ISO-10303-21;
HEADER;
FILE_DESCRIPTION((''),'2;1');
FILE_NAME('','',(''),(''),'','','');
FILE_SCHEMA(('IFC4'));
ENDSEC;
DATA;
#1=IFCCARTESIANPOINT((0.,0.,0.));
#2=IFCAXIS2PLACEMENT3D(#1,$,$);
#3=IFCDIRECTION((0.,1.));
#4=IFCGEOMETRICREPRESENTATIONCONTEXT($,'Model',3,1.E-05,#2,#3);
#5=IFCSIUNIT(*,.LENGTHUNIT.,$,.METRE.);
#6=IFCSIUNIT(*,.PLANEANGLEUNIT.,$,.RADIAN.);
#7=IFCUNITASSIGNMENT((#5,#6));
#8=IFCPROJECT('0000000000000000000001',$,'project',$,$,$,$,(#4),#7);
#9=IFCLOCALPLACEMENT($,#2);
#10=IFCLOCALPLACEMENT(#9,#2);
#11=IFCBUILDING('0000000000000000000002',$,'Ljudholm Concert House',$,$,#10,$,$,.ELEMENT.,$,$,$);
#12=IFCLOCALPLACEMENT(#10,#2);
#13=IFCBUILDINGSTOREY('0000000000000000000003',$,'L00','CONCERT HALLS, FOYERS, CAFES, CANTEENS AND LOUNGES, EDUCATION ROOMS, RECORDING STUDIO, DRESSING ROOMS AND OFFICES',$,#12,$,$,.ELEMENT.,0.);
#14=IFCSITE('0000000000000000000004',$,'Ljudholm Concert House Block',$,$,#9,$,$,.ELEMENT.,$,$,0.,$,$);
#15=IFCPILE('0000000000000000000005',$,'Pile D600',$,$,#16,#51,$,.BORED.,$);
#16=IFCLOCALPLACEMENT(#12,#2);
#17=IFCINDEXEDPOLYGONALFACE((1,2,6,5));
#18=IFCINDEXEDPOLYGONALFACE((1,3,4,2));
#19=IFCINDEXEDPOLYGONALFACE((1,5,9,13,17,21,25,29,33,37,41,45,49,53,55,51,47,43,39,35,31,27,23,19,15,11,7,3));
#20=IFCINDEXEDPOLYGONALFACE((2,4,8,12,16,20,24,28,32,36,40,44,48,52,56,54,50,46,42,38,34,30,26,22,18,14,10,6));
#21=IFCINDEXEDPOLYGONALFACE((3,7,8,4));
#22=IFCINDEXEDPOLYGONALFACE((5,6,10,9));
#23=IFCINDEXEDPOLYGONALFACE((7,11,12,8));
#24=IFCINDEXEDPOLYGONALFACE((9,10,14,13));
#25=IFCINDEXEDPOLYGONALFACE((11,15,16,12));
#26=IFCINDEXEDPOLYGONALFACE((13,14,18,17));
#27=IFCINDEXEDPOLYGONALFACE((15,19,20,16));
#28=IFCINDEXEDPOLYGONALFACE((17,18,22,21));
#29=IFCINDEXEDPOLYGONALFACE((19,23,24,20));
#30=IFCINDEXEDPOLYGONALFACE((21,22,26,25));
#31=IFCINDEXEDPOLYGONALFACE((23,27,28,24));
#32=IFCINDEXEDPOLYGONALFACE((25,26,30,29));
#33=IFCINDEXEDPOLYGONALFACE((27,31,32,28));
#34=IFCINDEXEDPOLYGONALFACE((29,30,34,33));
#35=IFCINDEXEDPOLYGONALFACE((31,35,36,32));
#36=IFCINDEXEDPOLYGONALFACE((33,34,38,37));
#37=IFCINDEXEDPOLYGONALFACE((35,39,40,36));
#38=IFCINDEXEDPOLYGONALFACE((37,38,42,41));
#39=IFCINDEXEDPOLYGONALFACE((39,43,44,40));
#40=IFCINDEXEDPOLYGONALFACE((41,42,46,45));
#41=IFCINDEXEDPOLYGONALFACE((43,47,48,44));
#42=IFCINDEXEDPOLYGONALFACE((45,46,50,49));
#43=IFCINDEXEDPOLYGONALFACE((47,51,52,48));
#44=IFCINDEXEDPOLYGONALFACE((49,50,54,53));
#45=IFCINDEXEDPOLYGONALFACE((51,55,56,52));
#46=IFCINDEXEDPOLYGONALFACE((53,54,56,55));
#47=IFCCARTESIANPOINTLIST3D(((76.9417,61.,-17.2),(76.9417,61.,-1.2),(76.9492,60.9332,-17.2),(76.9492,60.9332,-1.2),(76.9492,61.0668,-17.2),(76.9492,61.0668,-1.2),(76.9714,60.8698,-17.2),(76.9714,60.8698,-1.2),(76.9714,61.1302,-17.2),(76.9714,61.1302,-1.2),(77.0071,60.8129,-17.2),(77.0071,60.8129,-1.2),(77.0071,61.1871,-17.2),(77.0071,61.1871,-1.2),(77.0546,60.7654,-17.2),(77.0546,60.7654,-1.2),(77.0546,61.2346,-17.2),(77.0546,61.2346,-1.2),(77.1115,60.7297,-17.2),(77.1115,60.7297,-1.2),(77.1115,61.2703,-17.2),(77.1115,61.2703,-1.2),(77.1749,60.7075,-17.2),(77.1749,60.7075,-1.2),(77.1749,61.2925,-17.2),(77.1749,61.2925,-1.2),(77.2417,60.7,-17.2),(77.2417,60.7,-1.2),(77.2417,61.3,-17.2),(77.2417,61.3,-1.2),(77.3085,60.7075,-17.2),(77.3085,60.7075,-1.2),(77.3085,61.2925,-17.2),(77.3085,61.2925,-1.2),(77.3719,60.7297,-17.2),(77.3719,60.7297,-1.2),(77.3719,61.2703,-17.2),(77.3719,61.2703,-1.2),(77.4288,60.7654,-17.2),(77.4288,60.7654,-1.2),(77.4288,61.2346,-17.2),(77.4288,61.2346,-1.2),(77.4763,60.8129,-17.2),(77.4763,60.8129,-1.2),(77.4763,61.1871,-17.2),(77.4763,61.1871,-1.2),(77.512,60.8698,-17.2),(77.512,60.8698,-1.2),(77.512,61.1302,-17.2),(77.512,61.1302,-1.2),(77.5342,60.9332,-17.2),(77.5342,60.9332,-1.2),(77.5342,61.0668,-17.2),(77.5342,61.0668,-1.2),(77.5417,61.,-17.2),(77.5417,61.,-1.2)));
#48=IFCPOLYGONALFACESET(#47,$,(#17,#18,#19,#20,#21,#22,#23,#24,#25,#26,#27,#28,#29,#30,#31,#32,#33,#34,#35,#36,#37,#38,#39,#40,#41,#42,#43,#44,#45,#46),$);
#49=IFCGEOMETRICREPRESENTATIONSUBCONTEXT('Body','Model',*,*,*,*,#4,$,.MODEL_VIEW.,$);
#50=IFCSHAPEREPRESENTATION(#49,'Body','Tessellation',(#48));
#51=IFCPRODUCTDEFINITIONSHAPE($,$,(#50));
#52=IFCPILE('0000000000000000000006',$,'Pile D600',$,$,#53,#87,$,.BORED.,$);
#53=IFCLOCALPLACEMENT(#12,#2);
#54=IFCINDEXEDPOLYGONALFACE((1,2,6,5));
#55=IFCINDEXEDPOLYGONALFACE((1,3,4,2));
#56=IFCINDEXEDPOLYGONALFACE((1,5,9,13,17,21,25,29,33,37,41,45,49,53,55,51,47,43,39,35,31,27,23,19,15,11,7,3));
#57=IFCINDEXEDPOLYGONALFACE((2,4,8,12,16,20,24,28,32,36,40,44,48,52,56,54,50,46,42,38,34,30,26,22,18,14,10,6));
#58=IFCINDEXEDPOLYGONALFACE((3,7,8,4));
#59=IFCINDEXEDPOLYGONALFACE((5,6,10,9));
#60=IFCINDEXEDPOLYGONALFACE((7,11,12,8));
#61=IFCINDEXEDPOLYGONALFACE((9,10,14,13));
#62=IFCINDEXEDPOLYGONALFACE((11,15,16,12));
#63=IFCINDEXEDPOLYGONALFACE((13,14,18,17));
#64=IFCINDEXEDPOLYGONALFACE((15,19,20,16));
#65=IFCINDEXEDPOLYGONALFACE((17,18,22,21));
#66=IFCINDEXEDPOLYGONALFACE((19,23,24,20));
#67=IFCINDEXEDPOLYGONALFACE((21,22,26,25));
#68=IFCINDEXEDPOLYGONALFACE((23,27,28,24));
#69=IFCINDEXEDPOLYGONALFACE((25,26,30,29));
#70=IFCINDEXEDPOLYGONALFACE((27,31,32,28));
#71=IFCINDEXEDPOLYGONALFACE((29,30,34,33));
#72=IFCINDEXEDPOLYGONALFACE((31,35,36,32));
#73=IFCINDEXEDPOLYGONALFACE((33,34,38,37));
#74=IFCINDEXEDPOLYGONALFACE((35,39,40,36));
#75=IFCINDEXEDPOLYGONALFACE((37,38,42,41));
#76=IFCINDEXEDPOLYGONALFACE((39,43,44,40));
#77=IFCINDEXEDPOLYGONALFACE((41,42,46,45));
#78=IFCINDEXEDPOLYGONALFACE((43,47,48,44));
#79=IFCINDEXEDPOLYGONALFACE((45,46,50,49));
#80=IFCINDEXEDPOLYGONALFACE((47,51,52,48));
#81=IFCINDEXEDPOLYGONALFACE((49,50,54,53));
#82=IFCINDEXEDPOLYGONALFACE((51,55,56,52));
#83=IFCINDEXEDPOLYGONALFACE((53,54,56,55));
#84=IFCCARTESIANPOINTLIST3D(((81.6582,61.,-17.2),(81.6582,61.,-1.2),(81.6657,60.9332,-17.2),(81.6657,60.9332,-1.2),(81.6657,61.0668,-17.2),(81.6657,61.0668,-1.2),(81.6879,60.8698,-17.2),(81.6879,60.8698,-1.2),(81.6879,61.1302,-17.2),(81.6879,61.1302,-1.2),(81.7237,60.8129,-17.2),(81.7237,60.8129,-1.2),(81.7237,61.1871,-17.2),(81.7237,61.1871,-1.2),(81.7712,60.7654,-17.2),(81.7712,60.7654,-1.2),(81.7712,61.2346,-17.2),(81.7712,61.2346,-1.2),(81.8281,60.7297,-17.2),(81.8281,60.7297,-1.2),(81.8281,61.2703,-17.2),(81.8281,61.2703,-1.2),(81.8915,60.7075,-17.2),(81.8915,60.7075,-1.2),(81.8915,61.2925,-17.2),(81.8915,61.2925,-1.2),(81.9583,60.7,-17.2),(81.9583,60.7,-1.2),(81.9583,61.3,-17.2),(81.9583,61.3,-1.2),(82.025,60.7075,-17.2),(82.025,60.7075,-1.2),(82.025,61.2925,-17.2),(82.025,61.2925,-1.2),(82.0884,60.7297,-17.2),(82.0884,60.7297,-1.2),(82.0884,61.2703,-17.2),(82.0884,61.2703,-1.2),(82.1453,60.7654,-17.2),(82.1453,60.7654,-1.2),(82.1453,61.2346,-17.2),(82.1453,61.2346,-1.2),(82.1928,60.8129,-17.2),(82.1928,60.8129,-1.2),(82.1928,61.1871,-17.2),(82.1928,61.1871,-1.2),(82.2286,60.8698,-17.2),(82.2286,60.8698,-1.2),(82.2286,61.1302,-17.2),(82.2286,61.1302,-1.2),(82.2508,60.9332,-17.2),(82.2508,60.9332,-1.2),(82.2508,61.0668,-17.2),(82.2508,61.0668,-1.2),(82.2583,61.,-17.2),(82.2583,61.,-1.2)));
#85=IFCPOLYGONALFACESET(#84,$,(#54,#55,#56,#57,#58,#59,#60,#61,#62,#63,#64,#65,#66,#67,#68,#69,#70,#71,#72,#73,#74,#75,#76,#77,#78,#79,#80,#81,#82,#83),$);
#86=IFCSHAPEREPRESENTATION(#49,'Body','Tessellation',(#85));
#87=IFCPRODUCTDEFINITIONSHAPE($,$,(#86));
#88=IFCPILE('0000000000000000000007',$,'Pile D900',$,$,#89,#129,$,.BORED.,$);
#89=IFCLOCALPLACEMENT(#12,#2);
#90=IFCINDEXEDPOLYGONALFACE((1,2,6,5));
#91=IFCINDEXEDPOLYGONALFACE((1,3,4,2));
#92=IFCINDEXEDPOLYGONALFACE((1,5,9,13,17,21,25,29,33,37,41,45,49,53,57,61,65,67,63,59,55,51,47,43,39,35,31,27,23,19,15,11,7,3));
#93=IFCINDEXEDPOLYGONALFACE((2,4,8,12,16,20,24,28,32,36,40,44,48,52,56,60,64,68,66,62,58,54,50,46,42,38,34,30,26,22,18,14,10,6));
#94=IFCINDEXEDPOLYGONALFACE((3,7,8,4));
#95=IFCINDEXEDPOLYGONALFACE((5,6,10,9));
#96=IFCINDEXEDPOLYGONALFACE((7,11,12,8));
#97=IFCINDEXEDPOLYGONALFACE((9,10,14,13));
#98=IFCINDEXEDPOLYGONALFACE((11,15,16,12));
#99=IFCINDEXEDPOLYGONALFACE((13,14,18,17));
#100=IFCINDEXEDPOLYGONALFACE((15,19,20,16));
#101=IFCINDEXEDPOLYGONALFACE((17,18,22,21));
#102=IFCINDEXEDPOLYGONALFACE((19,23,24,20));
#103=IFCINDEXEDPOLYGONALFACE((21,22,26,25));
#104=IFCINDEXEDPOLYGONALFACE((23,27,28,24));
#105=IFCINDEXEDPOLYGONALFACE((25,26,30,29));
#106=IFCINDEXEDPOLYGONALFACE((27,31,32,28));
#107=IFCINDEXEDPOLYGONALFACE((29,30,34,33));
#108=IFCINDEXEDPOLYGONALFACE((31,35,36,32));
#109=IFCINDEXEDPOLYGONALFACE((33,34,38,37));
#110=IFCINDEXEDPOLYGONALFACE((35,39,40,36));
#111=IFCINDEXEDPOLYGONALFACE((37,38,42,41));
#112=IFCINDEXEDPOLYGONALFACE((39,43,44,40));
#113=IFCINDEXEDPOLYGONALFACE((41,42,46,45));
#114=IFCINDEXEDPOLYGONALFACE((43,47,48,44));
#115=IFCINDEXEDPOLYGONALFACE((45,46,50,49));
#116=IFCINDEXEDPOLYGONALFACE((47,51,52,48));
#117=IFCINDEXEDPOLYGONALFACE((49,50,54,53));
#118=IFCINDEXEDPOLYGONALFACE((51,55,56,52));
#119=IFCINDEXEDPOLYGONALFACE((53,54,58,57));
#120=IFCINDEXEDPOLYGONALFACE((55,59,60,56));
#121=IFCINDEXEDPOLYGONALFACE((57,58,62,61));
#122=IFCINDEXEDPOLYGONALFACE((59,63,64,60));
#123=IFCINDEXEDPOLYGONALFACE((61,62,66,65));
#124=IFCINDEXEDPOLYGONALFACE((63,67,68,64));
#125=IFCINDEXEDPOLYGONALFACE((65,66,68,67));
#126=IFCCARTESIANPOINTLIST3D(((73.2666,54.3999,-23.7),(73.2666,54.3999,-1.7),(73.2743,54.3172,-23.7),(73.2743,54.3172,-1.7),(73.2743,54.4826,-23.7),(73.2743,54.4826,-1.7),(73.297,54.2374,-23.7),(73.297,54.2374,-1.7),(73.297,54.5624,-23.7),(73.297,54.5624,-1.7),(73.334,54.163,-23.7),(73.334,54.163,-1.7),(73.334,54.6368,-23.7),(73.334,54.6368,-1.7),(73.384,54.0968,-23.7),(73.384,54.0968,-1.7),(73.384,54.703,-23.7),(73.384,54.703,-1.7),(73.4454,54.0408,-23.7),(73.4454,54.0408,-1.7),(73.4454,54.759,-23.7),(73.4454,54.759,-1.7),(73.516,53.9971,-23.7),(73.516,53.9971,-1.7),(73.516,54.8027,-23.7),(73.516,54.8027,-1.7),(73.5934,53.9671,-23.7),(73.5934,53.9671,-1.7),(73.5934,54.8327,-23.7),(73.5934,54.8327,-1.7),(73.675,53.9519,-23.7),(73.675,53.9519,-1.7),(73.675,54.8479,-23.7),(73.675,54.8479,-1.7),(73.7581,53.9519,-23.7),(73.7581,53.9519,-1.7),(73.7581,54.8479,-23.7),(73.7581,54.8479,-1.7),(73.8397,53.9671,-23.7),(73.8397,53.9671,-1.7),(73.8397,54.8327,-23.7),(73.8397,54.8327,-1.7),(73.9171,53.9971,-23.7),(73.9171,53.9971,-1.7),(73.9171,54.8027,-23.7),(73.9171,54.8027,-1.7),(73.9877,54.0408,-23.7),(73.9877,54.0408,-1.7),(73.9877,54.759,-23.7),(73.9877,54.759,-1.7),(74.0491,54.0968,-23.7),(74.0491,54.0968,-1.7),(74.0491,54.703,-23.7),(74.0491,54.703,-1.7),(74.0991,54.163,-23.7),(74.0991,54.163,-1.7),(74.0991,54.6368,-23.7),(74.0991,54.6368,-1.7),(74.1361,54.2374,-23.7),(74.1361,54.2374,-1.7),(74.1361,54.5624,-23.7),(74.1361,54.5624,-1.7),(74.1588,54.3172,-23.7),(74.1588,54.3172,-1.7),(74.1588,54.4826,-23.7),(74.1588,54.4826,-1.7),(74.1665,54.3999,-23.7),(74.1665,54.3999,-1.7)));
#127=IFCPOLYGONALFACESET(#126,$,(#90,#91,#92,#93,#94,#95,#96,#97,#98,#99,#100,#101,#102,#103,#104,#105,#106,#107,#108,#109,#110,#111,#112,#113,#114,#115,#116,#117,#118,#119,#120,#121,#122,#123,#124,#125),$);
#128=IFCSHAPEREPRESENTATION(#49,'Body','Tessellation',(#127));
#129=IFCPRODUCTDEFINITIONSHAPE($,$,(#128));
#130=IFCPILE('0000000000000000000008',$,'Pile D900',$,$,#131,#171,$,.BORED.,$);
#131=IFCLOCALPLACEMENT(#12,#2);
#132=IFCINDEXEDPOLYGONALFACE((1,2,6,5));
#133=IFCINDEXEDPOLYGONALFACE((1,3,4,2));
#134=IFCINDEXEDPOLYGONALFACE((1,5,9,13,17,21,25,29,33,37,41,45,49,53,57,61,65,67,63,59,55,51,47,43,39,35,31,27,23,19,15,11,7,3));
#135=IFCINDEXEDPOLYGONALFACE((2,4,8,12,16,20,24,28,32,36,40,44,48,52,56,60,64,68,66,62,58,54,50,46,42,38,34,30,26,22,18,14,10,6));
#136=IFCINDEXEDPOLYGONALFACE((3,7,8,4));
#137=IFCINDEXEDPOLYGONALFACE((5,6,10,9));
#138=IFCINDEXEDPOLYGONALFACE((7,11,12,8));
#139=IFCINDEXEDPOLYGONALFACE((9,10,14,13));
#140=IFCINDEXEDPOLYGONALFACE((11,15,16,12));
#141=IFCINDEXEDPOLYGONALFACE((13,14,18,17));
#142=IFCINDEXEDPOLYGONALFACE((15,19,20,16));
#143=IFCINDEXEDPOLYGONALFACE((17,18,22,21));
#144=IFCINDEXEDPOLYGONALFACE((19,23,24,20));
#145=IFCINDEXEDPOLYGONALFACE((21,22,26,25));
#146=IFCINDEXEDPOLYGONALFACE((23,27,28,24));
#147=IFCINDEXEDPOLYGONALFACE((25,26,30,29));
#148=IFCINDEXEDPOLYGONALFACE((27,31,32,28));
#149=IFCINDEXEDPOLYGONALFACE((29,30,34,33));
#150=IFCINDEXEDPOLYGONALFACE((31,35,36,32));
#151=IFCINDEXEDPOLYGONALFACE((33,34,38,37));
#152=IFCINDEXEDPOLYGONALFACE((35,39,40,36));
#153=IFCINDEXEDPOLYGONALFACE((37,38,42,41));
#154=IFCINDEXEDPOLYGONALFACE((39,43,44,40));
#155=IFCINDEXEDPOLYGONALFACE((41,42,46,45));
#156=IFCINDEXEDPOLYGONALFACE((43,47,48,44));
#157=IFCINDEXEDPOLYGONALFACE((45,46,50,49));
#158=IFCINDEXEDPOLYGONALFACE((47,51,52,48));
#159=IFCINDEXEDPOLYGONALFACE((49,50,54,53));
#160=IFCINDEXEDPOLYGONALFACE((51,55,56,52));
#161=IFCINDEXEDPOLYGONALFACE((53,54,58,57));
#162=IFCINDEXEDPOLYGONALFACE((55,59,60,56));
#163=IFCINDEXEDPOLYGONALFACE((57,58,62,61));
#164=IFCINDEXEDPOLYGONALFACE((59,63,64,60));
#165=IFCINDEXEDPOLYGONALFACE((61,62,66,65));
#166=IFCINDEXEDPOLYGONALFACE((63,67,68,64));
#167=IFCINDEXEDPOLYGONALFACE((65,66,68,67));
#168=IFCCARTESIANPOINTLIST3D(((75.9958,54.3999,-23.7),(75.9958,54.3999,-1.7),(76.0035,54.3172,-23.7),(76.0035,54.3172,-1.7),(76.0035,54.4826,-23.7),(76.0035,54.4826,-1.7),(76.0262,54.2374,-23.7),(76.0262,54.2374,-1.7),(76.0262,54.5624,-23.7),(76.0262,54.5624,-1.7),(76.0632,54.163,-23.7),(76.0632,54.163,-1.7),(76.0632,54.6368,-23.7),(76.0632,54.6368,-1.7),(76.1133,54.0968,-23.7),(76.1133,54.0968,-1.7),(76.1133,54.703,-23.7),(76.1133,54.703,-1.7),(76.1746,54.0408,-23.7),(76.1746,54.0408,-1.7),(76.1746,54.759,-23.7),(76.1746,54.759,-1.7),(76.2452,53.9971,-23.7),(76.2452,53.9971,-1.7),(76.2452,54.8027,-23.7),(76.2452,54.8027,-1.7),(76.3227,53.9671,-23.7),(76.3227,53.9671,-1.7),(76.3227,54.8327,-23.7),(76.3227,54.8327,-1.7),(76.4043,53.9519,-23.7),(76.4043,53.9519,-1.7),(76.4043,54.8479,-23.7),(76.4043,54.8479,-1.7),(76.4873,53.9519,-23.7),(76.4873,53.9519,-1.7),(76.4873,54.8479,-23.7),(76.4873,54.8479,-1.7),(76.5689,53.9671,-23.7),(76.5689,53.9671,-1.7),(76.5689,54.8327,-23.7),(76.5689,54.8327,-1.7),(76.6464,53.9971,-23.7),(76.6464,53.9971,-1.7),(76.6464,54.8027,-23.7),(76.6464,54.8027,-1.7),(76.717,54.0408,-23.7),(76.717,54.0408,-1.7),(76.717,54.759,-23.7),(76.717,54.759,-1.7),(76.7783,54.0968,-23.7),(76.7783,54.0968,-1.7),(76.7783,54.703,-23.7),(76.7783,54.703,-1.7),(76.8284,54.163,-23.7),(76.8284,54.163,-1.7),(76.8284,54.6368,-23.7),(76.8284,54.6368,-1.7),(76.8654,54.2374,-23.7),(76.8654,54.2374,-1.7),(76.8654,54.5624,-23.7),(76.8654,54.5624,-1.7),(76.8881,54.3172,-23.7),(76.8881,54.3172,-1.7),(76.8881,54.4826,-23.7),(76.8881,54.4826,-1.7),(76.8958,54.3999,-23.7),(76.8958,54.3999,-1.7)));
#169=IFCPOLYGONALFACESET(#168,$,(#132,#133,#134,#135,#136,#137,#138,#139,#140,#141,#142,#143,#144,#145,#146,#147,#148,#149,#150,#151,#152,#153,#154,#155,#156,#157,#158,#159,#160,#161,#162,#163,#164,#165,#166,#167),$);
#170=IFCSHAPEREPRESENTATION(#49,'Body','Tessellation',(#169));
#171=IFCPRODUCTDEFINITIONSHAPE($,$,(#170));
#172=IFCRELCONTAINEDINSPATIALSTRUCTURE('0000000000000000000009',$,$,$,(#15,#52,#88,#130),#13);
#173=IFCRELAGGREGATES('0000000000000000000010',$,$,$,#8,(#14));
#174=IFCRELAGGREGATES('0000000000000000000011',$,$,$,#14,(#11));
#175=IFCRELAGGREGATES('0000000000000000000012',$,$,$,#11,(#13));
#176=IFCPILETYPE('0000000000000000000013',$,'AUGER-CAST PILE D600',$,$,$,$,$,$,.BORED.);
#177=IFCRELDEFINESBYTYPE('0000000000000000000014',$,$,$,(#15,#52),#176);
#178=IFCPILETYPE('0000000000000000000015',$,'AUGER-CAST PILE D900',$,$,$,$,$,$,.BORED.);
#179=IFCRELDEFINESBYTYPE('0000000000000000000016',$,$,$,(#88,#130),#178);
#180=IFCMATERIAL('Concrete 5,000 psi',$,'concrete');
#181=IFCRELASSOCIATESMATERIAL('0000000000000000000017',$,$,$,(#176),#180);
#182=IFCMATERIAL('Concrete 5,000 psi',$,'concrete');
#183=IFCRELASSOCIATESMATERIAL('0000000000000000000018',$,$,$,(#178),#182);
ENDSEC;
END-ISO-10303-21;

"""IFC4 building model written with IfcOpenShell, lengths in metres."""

from ifc_helpers import new_model, si_unit, direction, frame, origin, origin_2d, place, context, subcontext, project, spatial, circle, extrude, material, material_profile, profile_set, type_object, element, save


model = new_model("IFC4")

# Units and contexts
model_context = context("Model", 3, precision=1e-05, world=origin(), true_north=direction((0.0, 1.0)))
body_context = subcontext(model_context, "Body", "Model", "MODEL_VIEW")
ifc_project = project(units=[si_unit("LENGTHUNIT", "METRE"), si_unit("PLANEANGLEUNIT", "RADIAN")], contexts=[model_context])

# Site, building, storey
site_placement = place(None, origin())
site = spatial("IfcSite", under=ifc_project, at=site_placement, Name="Ljudholm Concert House Block", CompositionType="ELEMENT", RefElevation=0.0)
building_placement = place(site_placement, origin())
building = spatial("IfcBuilding", under=site, at=building_placement, Name="Ljudholm Concert House", CompositionType="ELEMENT")
storey_placement = place(building_placement, origin())
storey = spatial("IfcBuildingStorey", under=building, at=storey_placement, Name="L00", Description="CONCERT HALLS, FOYERS, CAFES, CANTEENS AND LOUNGES, EDUCATION ROOMS, RECORDING STUDIO, DRESSING ROOMS AND OFFICES", CompositionType="ELEMENT", Elevation=0.0)

# Piles
ifc_material_1 = material(Name="Concrete 5,000 psi", Category="concrete")
ifc_material_profile_1 = material_profile(ifc_material_1, circle(Radius=0.3, at=origin_2d()), Name="AUGER-CAST PILE D600")
ifc_profile_set_1 = profile_set([ifc_material_profile_1], Name="Concrete 5,000 psi")
pile_type_1 = type_object("IfcPileType", Name="AUGER-CAST PILE D600", PredefinedType="BORED", material=ifc_profile_set_1)
for number, where, z_axis, x_axis, name in (
    (1, (77.2417, 61.0, -1.2), (0.0, 0.0, -1.0), (1.0, 0.0, 0.0), "Pile D600"),
    (2, (81.9583, 61.0, -1.2), (0.0, 0.0, -1.0), (1.0, 0.0, 0.0), "Pile D600"),
):
    element("IfcPile", number, at=place(storey_placement, frame(where, z_axis=z_axis, x_axis=x_axis)), inside=storey, type_object=pile_type_1, Name=name, PredefinedType="BORED", context=body_context, shape_type="SweptSolid", body=[
        extrude(circle(Radius=0.3, at=origin_2d()), origin(), (0.0, 0.0, 1.0), 16.0),
    ])
ifc_material_2 = material(Name="Concrete 5,000 psi", Category="concrete")
ifc_material_profile_2 = material_profile(ifc_material_2, circle(Radius=0.45, at=origin_2d()), Name="AUGER-CAST PILE D900")
ifc_profile_set_2 = profile_set([ifc_material_profile_2], Name="Concrete 5,000 psi")
pile_type_2 = type_object("IfcPileType", Name="AUGER-CAST PILE D900", PredefinedType="BORED", material=ifc_profile_set_2)
for number, where, z_axis, x_axis, name in (
    (3, (73.7166, 54.3999, -1.7), (0.0, 0.0, -1.0), (1.0, 0.0, 0.0), "Pile D900"),
    (4, (76.4458, 54.3999, -1.7), (0.0, 0.0, -1.0), (1.0, 0.0, 0.0), "Pile D900"),
):
    element("IfcPile", number, at=place(storey_placement, frame(where, z_axis=z_axis, x_axis=x_axis)), inside=storey, type_object=pile_type_2, Name=name, PredefinedType="BORED", context=body_context, shape_type="SweptSolid", body=[
        extrude(circle(Radius=0.45, at=origin_2d()), origin(), (0.0, 0.0, 1.0), 22.0),
    ])

save(model, "model.ifc")
